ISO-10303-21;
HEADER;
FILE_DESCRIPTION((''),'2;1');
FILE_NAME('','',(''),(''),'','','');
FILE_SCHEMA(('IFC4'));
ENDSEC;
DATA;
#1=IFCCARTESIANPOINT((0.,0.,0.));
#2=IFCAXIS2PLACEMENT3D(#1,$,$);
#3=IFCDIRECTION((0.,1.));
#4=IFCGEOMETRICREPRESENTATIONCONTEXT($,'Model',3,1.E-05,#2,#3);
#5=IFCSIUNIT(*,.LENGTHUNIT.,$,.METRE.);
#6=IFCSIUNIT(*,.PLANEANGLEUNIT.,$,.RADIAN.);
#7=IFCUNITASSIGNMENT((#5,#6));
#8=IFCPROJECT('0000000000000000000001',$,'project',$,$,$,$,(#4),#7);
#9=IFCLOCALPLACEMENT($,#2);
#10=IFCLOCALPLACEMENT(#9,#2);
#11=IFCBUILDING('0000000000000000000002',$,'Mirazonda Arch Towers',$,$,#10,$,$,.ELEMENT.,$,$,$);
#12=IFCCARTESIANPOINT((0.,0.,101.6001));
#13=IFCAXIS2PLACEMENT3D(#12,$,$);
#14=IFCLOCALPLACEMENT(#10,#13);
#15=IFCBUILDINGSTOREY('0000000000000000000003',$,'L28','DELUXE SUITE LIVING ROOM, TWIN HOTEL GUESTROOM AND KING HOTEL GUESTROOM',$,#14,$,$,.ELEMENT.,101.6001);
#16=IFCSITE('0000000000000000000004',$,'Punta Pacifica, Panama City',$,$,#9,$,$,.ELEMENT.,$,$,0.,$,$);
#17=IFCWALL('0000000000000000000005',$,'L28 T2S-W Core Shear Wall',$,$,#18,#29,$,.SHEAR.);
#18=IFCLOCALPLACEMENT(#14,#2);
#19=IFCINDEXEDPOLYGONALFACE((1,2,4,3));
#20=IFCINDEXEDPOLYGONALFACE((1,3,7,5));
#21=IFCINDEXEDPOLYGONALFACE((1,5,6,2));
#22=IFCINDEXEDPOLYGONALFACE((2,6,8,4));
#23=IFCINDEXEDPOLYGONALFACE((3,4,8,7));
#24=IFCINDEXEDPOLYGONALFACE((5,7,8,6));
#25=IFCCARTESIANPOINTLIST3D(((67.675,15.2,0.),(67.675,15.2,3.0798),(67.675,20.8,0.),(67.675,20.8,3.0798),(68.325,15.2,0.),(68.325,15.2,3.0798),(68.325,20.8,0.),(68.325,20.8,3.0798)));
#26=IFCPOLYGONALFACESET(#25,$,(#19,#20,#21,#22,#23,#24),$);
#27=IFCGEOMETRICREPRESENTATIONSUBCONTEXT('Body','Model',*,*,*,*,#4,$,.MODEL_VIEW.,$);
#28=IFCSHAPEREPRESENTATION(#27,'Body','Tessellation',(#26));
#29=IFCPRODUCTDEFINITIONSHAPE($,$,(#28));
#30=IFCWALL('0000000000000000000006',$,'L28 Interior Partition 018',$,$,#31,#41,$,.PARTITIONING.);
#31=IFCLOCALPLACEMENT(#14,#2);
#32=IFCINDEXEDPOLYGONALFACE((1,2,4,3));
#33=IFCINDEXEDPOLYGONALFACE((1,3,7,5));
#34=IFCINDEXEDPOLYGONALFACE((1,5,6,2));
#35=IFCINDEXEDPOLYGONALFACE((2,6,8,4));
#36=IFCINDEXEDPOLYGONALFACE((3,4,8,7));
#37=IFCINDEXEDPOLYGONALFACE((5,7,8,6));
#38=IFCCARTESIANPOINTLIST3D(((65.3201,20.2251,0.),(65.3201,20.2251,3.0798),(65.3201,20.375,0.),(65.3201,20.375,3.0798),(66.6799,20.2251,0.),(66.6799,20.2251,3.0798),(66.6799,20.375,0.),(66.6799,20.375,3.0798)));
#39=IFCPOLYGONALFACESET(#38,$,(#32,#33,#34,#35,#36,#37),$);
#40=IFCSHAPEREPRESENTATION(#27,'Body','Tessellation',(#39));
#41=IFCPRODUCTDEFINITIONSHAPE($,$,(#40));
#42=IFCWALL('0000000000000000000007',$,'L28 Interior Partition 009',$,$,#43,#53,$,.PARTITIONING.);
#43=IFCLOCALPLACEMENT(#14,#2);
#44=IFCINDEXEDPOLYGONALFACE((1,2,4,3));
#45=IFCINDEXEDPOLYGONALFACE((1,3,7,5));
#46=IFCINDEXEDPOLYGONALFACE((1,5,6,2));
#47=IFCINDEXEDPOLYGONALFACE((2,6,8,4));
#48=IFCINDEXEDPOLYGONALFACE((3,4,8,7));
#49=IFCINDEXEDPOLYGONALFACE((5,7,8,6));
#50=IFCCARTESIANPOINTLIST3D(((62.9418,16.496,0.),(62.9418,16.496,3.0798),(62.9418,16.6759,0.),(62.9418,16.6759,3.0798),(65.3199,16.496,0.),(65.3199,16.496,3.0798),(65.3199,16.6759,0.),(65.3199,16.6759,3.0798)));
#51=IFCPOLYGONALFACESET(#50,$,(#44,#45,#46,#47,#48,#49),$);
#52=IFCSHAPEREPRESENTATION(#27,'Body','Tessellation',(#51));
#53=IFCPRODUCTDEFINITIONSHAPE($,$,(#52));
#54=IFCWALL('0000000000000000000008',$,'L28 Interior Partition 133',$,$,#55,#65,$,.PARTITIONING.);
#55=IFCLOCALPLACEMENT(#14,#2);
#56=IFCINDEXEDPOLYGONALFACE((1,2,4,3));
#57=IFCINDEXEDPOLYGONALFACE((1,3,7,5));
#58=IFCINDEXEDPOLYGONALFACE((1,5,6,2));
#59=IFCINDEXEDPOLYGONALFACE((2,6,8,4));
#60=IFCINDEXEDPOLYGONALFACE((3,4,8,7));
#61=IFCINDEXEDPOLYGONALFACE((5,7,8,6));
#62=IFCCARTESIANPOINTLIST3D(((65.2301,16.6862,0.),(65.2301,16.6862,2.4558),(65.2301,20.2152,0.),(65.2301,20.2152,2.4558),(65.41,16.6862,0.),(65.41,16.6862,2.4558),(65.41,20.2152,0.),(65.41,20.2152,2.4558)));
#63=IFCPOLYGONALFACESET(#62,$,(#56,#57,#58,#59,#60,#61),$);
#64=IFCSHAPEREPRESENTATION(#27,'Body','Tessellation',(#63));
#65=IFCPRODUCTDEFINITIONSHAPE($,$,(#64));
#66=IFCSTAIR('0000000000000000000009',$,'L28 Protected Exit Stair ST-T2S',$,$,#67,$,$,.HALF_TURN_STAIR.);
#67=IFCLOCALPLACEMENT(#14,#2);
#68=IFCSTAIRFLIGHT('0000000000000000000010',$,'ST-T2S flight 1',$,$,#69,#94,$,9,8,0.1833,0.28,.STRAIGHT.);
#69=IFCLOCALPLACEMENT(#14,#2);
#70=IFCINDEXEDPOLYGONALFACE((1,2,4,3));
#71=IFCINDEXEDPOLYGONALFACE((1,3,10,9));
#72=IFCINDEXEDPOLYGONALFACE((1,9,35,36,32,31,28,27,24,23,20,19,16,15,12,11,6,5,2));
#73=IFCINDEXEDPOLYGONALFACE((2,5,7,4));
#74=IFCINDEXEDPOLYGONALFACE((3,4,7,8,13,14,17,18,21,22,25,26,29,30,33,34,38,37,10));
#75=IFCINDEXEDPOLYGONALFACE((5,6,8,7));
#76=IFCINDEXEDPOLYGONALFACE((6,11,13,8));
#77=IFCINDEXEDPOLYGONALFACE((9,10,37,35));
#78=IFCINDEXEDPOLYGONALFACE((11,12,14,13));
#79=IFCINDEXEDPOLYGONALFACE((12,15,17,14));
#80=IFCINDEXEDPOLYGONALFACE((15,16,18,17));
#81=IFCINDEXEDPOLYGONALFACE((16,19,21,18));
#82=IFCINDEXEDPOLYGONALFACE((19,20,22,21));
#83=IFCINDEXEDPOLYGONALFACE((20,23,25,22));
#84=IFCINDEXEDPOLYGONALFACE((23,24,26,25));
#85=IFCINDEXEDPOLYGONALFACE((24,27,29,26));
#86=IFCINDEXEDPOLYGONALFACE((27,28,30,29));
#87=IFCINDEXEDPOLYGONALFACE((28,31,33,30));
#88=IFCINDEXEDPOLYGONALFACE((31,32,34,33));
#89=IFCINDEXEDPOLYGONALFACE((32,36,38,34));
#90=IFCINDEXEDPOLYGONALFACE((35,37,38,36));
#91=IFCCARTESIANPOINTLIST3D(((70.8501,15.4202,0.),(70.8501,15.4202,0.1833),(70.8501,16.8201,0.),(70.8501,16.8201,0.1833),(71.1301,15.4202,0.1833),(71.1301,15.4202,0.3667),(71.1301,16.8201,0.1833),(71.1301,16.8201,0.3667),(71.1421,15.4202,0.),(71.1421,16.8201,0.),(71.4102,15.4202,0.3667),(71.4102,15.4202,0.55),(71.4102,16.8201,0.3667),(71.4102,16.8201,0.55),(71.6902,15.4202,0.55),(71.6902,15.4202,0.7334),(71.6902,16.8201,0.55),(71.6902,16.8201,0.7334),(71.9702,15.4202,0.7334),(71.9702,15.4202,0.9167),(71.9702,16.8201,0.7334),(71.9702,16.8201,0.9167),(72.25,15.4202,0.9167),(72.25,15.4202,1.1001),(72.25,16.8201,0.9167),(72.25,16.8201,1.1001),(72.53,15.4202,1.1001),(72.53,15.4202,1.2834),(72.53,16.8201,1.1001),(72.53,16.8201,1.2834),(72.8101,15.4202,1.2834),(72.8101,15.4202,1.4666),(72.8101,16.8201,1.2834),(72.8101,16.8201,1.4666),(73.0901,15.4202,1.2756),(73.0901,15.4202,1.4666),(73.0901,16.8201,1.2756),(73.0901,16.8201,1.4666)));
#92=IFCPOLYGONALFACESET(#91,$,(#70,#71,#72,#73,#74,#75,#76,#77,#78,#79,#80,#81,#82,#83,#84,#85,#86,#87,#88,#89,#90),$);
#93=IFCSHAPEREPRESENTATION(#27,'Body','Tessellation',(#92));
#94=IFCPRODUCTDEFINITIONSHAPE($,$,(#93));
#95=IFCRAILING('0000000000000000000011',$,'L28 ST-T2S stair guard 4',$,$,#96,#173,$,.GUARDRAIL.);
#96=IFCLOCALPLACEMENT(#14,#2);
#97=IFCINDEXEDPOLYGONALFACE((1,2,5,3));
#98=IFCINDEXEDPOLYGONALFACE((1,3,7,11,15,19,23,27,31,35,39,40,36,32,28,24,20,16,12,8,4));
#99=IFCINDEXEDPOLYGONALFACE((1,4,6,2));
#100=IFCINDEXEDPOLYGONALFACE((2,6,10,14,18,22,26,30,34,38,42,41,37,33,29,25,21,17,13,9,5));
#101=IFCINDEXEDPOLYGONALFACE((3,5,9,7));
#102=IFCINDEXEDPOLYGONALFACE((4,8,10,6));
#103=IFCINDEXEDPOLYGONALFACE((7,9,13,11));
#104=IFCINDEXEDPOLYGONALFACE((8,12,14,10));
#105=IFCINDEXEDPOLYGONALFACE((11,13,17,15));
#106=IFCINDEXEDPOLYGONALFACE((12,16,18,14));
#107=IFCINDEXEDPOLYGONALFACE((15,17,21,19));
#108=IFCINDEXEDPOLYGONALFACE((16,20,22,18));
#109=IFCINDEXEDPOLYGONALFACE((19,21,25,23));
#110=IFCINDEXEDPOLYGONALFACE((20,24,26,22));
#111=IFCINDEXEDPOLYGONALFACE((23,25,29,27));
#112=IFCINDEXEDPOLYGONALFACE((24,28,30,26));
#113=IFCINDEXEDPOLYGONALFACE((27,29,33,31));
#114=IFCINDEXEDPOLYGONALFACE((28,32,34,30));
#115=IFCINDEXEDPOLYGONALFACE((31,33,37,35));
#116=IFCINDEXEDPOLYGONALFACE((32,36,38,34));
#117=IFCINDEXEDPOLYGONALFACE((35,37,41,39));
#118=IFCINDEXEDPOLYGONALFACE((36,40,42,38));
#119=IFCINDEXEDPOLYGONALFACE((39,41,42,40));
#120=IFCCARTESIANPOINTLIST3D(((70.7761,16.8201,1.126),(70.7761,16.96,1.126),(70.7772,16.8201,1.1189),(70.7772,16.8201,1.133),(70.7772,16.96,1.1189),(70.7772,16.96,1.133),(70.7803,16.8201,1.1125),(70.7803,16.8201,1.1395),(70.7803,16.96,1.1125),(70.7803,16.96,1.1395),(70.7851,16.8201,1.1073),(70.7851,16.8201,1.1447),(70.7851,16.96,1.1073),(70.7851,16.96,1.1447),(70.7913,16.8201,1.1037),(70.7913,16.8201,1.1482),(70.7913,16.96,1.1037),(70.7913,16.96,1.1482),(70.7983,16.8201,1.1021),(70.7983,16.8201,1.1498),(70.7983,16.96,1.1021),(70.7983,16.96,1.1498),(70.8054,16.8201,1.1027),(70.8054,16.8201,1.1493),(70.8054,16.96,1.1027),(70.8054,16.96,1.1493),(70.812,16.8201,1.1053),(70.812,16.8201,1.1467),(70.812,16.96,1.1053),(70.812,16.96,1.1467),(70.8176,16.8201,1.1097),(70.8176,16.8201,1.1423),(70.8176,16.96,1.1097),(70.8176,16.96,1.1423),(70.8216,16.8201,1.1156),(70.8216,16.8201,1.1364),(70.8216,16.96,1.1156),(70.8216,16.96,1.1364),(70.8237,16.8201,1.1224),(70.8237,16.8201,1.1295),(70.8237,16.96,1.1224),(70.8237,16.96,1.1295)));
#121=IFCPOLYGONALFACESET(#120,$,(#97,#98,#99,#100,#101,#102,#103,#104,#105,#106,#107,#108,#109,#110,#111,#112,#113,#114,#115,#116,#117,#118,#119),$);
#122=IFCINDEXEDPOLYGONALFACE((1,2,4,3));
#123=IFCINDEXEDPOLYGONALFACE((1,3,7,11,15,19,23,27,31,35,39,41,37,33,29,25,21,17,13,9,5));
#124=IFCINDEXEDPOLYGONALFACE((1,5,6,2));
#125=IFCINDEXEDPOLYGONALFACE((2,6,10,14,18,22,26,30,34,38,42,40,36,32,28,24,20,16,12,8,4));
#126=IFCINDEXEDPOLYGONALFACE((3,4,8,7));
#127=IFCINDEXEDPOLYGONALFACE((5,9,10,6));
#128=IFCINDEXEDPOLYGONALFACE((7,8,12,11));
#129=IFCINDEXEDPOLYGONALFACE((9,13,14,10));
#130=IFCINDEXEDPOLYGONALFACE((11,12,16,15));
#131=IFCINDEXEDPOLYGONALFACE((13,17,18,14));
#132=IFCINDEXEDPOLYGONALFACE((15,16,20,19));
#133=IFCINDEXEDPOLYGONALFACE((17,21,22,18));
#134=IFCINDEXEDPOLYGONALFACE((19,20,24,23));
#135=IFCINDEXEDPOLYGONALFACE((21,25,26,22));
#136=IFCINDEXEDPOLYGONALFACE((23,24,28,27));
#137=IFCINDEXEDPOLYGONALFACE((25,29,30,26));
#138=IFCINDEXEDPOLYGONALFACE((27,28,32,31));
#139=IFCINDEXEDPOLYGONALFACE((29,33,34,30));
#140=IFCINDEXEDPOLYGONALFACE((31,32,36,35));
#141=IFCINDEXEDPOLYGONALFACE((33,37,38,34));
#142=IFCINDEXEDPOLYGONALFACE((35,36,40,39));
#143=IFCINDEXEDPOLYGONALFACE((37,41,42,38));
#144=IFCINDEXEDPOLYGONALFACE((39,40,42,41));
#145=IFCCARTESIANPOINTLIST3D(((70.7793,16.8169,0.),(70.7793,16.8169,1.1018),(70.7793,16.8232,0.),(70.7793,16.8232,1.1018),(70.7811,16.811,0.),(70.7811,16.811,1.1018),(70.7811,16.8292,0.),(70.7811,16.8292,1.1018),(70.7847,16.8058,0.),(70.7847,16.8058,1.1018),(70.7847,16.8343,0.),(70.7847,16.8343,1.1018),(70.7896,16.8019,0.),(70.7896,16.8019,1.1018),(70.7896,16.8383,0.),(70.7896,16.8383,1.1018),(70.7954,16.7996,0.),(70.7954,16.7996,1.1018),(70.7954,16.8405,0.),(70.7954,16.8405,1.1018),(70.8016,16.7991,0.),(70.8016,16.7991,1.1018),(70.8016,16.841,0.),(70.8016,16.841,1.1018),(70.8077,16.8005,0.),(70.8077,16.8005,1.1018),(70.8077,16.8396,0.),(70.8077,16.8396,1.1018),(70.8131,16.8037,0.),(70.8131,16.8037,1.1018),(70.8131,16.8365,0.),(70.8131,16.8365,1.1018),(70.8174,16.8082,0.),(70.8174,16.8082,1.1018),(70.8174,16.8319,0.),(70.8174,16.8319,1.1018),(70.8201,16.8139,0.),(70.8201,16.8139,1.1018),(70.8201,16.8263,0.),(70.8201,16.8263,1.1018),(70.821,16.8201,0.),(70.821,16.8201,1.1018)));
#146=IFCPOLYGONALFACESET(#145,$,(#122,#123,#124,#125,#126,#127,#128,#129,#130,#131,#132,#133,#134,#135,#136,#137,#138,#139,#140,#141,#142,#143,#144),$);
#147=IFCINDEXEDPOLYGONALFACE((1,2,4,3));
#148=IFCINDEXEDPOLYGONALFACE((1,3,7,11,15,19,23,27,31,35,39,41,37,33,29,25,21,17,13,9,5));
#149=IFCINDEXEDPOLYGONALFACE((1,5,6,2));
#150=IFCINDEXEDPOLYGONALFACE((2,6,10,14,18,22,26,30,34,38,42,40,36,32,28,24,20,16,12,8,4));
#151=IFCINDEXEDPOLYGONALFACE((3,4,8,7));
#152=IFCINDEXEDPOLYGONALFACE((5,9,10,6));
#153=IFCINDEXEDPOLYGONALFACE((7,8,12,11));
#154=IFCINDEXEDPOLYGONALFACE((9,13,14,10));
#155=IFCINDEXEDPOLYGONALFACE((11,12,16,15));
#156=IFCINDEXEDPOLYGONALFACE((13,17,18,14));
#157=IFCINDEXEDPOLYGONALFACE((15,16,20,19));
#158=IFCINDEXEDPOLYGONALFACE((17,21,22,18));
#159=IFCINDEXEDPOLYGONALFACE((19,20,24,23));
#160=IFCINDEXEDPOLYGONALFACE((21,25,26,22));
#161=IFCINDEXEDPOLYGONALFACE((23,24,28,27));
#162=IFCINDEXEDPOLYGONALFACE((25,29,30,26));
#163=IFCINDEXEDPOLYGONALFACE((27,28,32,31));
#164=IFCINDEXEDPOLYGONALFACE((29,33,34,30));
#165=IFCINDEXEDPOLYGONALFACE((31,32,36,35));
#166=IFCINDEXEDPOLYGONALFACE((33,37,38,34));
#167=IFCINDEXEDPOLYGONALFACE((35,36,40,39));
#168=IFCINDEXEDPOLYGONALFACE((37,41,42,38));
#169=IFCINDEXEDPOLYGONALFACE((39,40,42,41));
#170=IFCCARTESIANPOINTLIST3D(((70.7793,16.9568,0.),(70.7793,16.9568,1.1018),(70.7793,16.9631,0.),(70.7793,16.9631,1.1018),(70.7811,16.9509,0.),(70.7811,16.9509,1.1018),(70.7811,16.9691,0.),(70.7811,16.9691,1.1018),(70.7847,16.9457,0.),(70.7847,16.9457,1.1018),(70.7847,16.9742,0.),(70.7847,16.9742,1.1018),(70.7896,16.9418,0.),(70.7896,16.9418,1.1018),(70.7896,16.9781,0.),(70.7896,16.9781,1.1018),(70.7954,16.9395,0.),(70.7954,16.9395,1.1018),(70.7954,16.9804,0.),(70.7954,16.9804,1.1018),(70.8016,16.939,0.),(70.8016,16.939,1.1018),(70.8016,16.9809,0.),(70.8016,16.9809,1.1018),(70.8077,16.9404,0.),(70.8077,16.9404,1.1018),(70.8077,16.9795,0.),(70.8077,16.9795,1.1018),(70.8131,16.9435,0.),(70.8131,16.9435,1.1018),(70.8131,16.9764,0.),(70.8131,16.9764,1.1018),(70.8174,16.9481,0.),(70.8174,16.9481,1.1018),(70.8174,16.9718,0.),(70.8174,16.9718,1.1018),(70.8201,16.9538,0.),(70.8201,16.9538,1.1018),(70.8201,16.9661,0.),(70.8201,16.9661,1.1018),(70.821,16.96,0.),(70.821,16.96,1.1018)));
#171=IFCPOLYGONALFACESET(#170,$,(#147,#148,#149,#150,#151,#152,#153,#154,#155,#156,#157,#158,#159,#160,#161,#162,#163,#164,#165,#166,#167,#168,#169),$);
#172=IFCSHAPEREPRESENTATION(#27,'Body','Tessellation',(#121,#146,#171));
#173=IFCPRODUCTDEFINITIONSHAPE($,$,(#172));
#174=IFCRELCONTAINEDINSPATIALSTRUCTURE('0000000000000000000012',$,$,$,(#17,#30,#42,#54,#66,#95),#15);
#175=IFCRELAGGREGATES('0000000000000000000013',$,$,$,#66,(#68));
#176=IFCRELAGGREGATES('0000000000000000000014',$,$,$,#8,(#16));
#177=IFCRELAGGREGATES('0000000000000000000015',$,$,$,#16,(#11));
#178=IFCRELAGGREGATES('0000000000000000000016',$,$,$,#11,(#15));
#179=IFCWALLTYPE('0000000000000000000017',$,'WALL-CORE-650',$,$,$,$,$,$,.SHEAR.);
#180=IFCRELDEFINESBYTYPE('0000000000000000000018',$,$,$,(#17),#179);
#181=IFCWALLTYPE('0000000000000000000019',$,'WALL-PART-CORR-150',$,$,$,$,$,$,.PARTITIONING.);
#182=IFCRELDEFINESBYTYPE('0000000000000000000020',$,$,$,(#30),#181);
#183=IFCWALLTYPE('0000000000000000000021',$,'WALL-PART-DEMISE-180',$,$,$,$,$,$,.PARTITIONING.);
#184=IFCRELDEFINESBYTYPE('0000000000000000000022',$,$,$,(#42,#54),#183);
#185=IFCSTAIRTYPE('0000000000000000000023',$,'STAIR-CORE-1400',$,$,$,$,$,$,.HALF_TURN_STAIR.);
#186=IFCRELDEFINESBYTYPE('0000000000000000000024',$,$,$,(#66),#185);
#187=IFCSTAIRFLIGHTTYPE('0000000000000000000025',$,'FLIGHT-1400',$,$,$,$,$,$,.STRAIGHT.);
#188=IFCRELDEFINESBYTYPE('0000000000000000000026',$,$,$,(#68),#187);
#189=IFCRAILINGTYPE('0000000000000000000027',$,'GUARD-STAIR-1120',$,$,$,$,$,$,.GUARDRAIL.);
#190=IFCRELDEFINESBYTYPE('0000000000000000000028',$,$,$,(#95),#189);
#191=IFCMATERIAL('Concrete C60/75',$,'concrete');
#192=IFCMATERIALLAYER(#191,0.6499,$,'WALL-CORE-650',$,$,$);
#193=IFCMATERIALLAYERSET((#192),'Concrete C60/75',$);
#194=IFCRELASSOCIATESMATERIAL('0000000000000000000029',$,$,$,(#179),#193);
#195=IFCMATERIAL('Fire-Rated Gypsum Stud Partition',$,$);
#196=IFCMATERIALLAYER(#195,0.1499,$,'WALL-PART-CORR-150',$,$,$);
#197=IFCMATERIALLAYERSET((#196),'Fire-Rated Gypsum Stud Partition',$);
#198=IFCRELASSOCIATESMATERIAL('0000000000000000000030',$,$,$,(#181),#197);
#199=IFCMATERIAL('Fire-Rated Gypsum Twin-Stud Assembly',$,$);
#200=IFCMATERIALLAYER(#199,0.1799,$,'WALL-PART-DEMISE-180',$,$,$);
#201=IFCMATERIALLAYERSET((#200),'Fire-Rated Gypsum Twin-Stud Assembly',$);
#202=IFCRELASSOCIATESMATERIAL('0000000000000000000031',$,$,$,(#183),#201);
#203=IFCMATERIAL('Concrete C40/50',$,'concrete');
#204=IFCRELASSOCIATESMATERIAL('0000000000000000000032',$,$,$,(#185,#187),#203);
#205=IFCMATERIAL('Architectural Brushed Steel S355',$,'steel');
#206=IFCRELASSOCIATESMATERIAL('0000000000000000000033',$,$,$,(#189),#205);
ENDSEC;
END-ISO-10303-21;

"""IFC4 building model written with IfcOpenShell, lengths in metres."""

from ifc_helpers import new_model, si_unit, direction, frame, frame_2d, origin, origin_2d, place, context, subcontext, project, spatial, polyline, rectangle, circle, outline, extrude, material, layer, layer_set, type_object, element, aggregate, save


model = new_model("IFC4")

# Units and contexts
model_context = context("Model", 3, precision=1e-05, world=origin(), true_north=direction((0.0, 1.0)))
body_context = subcontext(model_context, "Body", "Model", "MODEL_VIEW")
ifc_project = project(units=[si_unit("LENGTHUNIT", "METRE"), si_unit("PLANEANGLEUNIT", "RADIAN")], contexts=[model_context])

# Site, building, storey
site_placement = place(None, origin())
site = spatial("IfcSite", under=ifc_project, at=site_placement, Name="Punta Pacifica, Panama City", CompositionType="ELEMENT", RefElevation=0.0)
building_placement = place(site_placement, origin())
building = spatial("IfcBuilding", under=site, at=building_placement, Name="Mirazonda Arch Towers", CompositionType="ELEMENT")
storey_placement = place(building_placement, frame((0.0, 0.0, 101.6001)))
storey = spatial("IfcBuildingStorey", under=building, at=storey_placement, Name="L28", Description="DELUXE SUITE LIVING ROOM, TWIN HOTEL GUESTROOM AND KING HOTEL GUESTROOM", CompositionType="ELEMENT", Elevation=101.6001)

# Shared definitions
ifc_material_1 = material(Name="Concrete C60/75", Category="concrete")

# Shared definitions
ifc_material_2 = material(Name="Architectural Brushed Steel S355", Category="steel")

# Walls
ifc_layer_1 = layer(ifc_material_1, 0.6499, Name="WALL-CORE-650")
ifc_layer_set_1 = layer_set([ifc_layer_1], Name="Concrete C60/75")
wall_type_1 = type_object("IfcWallType", Name="WALL-CORE-650", PredefinedType="SHEAR", material=ifc_layer_set_1)
wall_1_placement = place(storey_placement, frame((68.0, 15.2, 0.0), z_axis=(0.0, 0.0, 1.0), x_axis=(0.0, 1.0, 0.0)))
element("IfcWall", 1, at=wall_1_placement, inside=storey, type_object=wall_type_1, Name="L28 T2S-W Core Shear Wall", PredefinedType="SHEAR", context=body_context, shape_type="SweptSolid", body=[
    extrude(rectangle(XDim=5.6001, YDim=0.6499, at=frame_2d((2.8, 0.0))), origin(), (0.0, 0.0, 1.0), 3.0798),
])
ifc_material_3 = material(Name="Fire-Rated Gypsum Stud Partition")
ifc_layer_2 = layer(ifc_material_3, 0.1499, Name="WALL-PART-CORR-150")
ifc_layer_set_2 = layer_set([ifc_layer_2], Name="Fire-Rated Gypsum Stud Partition")
wall_type_2 = type_object("IfcWallType", Name="WALL-PART-CORR-150", PredefinedType="PARTITIONING", material=ifc_layer_set_2)
wall_2_placement = place(storey_placement, frame((65.3201, 20.3, 0.0), z_axis=(0.0, 0.0, 1.0), x_axis=(1.0, 0.0, 0.0)))
element("IfcWall", 2, at=wall_2_placement, inside=storey, type_object=wall_type_2, Name="L28 Interior Partition 018", PredefinedType="PARTITIONING", context=body_context, shape_type="SweptSolid", body=[
    extrude(rectangle(XDim=1.3599, YDim=0.1499, at=frame_2d((0.6799, 0.0))), origin(), (0.0, 0.0, 1.0), 3.0798),
])
ifc_material_4 = material(Name="Fire-Rated Gypsum Twin-Stud Assembly")
ifc_layer_3 = layer(ifc_material_4, 0.1799, Name="WALL-PART-DEMISE-180")
ifc_layer_set_3 = layer_set([ifc_layer_3], Name="Fire-Rated Gypsum Twin-Stud Assembly")
wall_type_3 = type_object("IfcWallType", Name="WALL-PART-DEMISE-180", PredefinedType="PARTITIONING", material=ifc_layer_set_3)
wall_3_placement = place(storey_placement, frame((62.9419, 16.5859, 0.0), z_axis=(0.0, 0.0, 1.0), x_axis=(1.0, 0.0, 0.0)))
element("IfcWall", 3, at=wall_3_placement, inside=storey, type_object=wall_type_3, Name="L28 Interior Partition 009", PredefinedType="PARTITIONING", context=body_context, shape_type="SweptSolid", body=[
    extrude(rectangle(XDim=2.3782, YDim=0.1799, at=frame_2d((1.189, 0.0))), origin(), (0.0, 0.0, 1.0), 3.0798),
])
wall_4_placement = place(storey_placement, frame((65.3201, 16.686, 0.0), z_axis=(0.0, 0.0, 1.0), x_axis=(0.0, 1.0, 0.0)))
element("IfcWall", 4, at=wall_4_placement, inside=storey, type_object=wall_type_3, Name="L28 Interior Partition 133", PredefinedType="PARTITIONING", context=body_context, shape_type="SweptSolid", body=[
    extrude(rectangle(XDim=3.5291, YDim=0.1799, at=frame_2d((1.7646, 0.0))), origin(), (0.0, 0.0, 1.0), 2.4558),
])

# Stair, stair flight
ifc_material_5 = material(Name="Concrete C40/50", Category="concrete")
stair_type = type_object("IfcStairType", Name="STAIR-CORE-1400", PredefinedType="HALF_TURN_STAIR", material=ifc_material_5)
stair_placement = place(storey_placement, origin())
stair = element("IfcStair", 5, at=stair_placement, inside=storey, type_object=stair_type, Name="L28 Protected Exit Stair ST-T2S", PredefinedType="HALF_TURN_STAIR")
stair_flight_type = type_object("IfcStairFlightType", Name="FLIGHT-1400", PredefinedType="STRAIGHT", material=ifc_material_5)
stair_flight_placement = place(storey_placement, frame((70.8501, 16.1201, 0.0), z_axis=(0.0, 0.0, 1.0), x_axis=(1.0, 0.0, 0.0)))
stair_flight = element("IfcStairFlight", 6, at=stair_flight_placement, type_object=stair_flight_type, Name="ST-T2S flight 1", NumberOfRisers=9, NumberOfTreads=8, PredefinedType="STRAIGHT", RiserHeight=0.1833, TreadLength=0.28, context=body_context, shape_type="SweptSolid", body=[
    extrude(outline(polyline([(0.0, 0.0), (0.0, 0.1833), (0.28, 0.1833), (0.28, 0.3667), (0.5601, 0.3667), (0.5601, 0.55), (0.8401, 0.55), (0.8401, 0.7334), (1.1201, 0.7334), (1.1201, 0.9167), (1.3999, 0.9167), (1.3999, 1.1001), (1.6799, 1.1001), (1.6799, 1.2834), (1.96, 1.2834), (1.96, 1.4666), (2.24, 1.4666), (2.24, 1.6499), (2.24, 1.2756), (0.292, 0.0), (0.0, 0.0)])), frame((0.0, 0.7, 0.0), z_axis=(0.0, -1.0, 0.0), x_axis=(1.0, 0.0, 0.0)), (0.0, 0.0, 1.0), 1.3999),
])
aggregate(stair, [stair_flight])

# Railing
railing_type = type_object("IfcRailingType", Name="GUARD-STAIR-1120", PredefinedType="GUARDRAIL", material=ifc_material_2)
railing_placement = place(storey_placement, frame((70.8, 16.8201, 0.0)))
element("IfcRailing", 7, at=railing_placement, inside=storey, type_object=railing_type, Name="L28 ST-T2S stair guard 4", PredefinedType="GUARDRAIL", context=body_context, shape_type="SweptSolid", body=[
    extrude(circle(Radius=0.0239, at=origin_2d()), frame((0.0, 0.0, 1.126), z_axis=(0.0, 1.0, 0.0), x_axis=(-1.0, 0.0, 0.0)), (0.0, 0.0, 1.0), 0.1399),
    extrude(circle(Radius=0.021, at=origin_2d()), origin(), (0.0, 0.0, 1.0), 1.1018),
    extrude(circle(Radius=0.021, at=origin_2d()), frame((0.0, 0.1399, 0.0)), (0.0, 0.0, 1.0), 1.1018),
])

save(model, "model.ifc")
